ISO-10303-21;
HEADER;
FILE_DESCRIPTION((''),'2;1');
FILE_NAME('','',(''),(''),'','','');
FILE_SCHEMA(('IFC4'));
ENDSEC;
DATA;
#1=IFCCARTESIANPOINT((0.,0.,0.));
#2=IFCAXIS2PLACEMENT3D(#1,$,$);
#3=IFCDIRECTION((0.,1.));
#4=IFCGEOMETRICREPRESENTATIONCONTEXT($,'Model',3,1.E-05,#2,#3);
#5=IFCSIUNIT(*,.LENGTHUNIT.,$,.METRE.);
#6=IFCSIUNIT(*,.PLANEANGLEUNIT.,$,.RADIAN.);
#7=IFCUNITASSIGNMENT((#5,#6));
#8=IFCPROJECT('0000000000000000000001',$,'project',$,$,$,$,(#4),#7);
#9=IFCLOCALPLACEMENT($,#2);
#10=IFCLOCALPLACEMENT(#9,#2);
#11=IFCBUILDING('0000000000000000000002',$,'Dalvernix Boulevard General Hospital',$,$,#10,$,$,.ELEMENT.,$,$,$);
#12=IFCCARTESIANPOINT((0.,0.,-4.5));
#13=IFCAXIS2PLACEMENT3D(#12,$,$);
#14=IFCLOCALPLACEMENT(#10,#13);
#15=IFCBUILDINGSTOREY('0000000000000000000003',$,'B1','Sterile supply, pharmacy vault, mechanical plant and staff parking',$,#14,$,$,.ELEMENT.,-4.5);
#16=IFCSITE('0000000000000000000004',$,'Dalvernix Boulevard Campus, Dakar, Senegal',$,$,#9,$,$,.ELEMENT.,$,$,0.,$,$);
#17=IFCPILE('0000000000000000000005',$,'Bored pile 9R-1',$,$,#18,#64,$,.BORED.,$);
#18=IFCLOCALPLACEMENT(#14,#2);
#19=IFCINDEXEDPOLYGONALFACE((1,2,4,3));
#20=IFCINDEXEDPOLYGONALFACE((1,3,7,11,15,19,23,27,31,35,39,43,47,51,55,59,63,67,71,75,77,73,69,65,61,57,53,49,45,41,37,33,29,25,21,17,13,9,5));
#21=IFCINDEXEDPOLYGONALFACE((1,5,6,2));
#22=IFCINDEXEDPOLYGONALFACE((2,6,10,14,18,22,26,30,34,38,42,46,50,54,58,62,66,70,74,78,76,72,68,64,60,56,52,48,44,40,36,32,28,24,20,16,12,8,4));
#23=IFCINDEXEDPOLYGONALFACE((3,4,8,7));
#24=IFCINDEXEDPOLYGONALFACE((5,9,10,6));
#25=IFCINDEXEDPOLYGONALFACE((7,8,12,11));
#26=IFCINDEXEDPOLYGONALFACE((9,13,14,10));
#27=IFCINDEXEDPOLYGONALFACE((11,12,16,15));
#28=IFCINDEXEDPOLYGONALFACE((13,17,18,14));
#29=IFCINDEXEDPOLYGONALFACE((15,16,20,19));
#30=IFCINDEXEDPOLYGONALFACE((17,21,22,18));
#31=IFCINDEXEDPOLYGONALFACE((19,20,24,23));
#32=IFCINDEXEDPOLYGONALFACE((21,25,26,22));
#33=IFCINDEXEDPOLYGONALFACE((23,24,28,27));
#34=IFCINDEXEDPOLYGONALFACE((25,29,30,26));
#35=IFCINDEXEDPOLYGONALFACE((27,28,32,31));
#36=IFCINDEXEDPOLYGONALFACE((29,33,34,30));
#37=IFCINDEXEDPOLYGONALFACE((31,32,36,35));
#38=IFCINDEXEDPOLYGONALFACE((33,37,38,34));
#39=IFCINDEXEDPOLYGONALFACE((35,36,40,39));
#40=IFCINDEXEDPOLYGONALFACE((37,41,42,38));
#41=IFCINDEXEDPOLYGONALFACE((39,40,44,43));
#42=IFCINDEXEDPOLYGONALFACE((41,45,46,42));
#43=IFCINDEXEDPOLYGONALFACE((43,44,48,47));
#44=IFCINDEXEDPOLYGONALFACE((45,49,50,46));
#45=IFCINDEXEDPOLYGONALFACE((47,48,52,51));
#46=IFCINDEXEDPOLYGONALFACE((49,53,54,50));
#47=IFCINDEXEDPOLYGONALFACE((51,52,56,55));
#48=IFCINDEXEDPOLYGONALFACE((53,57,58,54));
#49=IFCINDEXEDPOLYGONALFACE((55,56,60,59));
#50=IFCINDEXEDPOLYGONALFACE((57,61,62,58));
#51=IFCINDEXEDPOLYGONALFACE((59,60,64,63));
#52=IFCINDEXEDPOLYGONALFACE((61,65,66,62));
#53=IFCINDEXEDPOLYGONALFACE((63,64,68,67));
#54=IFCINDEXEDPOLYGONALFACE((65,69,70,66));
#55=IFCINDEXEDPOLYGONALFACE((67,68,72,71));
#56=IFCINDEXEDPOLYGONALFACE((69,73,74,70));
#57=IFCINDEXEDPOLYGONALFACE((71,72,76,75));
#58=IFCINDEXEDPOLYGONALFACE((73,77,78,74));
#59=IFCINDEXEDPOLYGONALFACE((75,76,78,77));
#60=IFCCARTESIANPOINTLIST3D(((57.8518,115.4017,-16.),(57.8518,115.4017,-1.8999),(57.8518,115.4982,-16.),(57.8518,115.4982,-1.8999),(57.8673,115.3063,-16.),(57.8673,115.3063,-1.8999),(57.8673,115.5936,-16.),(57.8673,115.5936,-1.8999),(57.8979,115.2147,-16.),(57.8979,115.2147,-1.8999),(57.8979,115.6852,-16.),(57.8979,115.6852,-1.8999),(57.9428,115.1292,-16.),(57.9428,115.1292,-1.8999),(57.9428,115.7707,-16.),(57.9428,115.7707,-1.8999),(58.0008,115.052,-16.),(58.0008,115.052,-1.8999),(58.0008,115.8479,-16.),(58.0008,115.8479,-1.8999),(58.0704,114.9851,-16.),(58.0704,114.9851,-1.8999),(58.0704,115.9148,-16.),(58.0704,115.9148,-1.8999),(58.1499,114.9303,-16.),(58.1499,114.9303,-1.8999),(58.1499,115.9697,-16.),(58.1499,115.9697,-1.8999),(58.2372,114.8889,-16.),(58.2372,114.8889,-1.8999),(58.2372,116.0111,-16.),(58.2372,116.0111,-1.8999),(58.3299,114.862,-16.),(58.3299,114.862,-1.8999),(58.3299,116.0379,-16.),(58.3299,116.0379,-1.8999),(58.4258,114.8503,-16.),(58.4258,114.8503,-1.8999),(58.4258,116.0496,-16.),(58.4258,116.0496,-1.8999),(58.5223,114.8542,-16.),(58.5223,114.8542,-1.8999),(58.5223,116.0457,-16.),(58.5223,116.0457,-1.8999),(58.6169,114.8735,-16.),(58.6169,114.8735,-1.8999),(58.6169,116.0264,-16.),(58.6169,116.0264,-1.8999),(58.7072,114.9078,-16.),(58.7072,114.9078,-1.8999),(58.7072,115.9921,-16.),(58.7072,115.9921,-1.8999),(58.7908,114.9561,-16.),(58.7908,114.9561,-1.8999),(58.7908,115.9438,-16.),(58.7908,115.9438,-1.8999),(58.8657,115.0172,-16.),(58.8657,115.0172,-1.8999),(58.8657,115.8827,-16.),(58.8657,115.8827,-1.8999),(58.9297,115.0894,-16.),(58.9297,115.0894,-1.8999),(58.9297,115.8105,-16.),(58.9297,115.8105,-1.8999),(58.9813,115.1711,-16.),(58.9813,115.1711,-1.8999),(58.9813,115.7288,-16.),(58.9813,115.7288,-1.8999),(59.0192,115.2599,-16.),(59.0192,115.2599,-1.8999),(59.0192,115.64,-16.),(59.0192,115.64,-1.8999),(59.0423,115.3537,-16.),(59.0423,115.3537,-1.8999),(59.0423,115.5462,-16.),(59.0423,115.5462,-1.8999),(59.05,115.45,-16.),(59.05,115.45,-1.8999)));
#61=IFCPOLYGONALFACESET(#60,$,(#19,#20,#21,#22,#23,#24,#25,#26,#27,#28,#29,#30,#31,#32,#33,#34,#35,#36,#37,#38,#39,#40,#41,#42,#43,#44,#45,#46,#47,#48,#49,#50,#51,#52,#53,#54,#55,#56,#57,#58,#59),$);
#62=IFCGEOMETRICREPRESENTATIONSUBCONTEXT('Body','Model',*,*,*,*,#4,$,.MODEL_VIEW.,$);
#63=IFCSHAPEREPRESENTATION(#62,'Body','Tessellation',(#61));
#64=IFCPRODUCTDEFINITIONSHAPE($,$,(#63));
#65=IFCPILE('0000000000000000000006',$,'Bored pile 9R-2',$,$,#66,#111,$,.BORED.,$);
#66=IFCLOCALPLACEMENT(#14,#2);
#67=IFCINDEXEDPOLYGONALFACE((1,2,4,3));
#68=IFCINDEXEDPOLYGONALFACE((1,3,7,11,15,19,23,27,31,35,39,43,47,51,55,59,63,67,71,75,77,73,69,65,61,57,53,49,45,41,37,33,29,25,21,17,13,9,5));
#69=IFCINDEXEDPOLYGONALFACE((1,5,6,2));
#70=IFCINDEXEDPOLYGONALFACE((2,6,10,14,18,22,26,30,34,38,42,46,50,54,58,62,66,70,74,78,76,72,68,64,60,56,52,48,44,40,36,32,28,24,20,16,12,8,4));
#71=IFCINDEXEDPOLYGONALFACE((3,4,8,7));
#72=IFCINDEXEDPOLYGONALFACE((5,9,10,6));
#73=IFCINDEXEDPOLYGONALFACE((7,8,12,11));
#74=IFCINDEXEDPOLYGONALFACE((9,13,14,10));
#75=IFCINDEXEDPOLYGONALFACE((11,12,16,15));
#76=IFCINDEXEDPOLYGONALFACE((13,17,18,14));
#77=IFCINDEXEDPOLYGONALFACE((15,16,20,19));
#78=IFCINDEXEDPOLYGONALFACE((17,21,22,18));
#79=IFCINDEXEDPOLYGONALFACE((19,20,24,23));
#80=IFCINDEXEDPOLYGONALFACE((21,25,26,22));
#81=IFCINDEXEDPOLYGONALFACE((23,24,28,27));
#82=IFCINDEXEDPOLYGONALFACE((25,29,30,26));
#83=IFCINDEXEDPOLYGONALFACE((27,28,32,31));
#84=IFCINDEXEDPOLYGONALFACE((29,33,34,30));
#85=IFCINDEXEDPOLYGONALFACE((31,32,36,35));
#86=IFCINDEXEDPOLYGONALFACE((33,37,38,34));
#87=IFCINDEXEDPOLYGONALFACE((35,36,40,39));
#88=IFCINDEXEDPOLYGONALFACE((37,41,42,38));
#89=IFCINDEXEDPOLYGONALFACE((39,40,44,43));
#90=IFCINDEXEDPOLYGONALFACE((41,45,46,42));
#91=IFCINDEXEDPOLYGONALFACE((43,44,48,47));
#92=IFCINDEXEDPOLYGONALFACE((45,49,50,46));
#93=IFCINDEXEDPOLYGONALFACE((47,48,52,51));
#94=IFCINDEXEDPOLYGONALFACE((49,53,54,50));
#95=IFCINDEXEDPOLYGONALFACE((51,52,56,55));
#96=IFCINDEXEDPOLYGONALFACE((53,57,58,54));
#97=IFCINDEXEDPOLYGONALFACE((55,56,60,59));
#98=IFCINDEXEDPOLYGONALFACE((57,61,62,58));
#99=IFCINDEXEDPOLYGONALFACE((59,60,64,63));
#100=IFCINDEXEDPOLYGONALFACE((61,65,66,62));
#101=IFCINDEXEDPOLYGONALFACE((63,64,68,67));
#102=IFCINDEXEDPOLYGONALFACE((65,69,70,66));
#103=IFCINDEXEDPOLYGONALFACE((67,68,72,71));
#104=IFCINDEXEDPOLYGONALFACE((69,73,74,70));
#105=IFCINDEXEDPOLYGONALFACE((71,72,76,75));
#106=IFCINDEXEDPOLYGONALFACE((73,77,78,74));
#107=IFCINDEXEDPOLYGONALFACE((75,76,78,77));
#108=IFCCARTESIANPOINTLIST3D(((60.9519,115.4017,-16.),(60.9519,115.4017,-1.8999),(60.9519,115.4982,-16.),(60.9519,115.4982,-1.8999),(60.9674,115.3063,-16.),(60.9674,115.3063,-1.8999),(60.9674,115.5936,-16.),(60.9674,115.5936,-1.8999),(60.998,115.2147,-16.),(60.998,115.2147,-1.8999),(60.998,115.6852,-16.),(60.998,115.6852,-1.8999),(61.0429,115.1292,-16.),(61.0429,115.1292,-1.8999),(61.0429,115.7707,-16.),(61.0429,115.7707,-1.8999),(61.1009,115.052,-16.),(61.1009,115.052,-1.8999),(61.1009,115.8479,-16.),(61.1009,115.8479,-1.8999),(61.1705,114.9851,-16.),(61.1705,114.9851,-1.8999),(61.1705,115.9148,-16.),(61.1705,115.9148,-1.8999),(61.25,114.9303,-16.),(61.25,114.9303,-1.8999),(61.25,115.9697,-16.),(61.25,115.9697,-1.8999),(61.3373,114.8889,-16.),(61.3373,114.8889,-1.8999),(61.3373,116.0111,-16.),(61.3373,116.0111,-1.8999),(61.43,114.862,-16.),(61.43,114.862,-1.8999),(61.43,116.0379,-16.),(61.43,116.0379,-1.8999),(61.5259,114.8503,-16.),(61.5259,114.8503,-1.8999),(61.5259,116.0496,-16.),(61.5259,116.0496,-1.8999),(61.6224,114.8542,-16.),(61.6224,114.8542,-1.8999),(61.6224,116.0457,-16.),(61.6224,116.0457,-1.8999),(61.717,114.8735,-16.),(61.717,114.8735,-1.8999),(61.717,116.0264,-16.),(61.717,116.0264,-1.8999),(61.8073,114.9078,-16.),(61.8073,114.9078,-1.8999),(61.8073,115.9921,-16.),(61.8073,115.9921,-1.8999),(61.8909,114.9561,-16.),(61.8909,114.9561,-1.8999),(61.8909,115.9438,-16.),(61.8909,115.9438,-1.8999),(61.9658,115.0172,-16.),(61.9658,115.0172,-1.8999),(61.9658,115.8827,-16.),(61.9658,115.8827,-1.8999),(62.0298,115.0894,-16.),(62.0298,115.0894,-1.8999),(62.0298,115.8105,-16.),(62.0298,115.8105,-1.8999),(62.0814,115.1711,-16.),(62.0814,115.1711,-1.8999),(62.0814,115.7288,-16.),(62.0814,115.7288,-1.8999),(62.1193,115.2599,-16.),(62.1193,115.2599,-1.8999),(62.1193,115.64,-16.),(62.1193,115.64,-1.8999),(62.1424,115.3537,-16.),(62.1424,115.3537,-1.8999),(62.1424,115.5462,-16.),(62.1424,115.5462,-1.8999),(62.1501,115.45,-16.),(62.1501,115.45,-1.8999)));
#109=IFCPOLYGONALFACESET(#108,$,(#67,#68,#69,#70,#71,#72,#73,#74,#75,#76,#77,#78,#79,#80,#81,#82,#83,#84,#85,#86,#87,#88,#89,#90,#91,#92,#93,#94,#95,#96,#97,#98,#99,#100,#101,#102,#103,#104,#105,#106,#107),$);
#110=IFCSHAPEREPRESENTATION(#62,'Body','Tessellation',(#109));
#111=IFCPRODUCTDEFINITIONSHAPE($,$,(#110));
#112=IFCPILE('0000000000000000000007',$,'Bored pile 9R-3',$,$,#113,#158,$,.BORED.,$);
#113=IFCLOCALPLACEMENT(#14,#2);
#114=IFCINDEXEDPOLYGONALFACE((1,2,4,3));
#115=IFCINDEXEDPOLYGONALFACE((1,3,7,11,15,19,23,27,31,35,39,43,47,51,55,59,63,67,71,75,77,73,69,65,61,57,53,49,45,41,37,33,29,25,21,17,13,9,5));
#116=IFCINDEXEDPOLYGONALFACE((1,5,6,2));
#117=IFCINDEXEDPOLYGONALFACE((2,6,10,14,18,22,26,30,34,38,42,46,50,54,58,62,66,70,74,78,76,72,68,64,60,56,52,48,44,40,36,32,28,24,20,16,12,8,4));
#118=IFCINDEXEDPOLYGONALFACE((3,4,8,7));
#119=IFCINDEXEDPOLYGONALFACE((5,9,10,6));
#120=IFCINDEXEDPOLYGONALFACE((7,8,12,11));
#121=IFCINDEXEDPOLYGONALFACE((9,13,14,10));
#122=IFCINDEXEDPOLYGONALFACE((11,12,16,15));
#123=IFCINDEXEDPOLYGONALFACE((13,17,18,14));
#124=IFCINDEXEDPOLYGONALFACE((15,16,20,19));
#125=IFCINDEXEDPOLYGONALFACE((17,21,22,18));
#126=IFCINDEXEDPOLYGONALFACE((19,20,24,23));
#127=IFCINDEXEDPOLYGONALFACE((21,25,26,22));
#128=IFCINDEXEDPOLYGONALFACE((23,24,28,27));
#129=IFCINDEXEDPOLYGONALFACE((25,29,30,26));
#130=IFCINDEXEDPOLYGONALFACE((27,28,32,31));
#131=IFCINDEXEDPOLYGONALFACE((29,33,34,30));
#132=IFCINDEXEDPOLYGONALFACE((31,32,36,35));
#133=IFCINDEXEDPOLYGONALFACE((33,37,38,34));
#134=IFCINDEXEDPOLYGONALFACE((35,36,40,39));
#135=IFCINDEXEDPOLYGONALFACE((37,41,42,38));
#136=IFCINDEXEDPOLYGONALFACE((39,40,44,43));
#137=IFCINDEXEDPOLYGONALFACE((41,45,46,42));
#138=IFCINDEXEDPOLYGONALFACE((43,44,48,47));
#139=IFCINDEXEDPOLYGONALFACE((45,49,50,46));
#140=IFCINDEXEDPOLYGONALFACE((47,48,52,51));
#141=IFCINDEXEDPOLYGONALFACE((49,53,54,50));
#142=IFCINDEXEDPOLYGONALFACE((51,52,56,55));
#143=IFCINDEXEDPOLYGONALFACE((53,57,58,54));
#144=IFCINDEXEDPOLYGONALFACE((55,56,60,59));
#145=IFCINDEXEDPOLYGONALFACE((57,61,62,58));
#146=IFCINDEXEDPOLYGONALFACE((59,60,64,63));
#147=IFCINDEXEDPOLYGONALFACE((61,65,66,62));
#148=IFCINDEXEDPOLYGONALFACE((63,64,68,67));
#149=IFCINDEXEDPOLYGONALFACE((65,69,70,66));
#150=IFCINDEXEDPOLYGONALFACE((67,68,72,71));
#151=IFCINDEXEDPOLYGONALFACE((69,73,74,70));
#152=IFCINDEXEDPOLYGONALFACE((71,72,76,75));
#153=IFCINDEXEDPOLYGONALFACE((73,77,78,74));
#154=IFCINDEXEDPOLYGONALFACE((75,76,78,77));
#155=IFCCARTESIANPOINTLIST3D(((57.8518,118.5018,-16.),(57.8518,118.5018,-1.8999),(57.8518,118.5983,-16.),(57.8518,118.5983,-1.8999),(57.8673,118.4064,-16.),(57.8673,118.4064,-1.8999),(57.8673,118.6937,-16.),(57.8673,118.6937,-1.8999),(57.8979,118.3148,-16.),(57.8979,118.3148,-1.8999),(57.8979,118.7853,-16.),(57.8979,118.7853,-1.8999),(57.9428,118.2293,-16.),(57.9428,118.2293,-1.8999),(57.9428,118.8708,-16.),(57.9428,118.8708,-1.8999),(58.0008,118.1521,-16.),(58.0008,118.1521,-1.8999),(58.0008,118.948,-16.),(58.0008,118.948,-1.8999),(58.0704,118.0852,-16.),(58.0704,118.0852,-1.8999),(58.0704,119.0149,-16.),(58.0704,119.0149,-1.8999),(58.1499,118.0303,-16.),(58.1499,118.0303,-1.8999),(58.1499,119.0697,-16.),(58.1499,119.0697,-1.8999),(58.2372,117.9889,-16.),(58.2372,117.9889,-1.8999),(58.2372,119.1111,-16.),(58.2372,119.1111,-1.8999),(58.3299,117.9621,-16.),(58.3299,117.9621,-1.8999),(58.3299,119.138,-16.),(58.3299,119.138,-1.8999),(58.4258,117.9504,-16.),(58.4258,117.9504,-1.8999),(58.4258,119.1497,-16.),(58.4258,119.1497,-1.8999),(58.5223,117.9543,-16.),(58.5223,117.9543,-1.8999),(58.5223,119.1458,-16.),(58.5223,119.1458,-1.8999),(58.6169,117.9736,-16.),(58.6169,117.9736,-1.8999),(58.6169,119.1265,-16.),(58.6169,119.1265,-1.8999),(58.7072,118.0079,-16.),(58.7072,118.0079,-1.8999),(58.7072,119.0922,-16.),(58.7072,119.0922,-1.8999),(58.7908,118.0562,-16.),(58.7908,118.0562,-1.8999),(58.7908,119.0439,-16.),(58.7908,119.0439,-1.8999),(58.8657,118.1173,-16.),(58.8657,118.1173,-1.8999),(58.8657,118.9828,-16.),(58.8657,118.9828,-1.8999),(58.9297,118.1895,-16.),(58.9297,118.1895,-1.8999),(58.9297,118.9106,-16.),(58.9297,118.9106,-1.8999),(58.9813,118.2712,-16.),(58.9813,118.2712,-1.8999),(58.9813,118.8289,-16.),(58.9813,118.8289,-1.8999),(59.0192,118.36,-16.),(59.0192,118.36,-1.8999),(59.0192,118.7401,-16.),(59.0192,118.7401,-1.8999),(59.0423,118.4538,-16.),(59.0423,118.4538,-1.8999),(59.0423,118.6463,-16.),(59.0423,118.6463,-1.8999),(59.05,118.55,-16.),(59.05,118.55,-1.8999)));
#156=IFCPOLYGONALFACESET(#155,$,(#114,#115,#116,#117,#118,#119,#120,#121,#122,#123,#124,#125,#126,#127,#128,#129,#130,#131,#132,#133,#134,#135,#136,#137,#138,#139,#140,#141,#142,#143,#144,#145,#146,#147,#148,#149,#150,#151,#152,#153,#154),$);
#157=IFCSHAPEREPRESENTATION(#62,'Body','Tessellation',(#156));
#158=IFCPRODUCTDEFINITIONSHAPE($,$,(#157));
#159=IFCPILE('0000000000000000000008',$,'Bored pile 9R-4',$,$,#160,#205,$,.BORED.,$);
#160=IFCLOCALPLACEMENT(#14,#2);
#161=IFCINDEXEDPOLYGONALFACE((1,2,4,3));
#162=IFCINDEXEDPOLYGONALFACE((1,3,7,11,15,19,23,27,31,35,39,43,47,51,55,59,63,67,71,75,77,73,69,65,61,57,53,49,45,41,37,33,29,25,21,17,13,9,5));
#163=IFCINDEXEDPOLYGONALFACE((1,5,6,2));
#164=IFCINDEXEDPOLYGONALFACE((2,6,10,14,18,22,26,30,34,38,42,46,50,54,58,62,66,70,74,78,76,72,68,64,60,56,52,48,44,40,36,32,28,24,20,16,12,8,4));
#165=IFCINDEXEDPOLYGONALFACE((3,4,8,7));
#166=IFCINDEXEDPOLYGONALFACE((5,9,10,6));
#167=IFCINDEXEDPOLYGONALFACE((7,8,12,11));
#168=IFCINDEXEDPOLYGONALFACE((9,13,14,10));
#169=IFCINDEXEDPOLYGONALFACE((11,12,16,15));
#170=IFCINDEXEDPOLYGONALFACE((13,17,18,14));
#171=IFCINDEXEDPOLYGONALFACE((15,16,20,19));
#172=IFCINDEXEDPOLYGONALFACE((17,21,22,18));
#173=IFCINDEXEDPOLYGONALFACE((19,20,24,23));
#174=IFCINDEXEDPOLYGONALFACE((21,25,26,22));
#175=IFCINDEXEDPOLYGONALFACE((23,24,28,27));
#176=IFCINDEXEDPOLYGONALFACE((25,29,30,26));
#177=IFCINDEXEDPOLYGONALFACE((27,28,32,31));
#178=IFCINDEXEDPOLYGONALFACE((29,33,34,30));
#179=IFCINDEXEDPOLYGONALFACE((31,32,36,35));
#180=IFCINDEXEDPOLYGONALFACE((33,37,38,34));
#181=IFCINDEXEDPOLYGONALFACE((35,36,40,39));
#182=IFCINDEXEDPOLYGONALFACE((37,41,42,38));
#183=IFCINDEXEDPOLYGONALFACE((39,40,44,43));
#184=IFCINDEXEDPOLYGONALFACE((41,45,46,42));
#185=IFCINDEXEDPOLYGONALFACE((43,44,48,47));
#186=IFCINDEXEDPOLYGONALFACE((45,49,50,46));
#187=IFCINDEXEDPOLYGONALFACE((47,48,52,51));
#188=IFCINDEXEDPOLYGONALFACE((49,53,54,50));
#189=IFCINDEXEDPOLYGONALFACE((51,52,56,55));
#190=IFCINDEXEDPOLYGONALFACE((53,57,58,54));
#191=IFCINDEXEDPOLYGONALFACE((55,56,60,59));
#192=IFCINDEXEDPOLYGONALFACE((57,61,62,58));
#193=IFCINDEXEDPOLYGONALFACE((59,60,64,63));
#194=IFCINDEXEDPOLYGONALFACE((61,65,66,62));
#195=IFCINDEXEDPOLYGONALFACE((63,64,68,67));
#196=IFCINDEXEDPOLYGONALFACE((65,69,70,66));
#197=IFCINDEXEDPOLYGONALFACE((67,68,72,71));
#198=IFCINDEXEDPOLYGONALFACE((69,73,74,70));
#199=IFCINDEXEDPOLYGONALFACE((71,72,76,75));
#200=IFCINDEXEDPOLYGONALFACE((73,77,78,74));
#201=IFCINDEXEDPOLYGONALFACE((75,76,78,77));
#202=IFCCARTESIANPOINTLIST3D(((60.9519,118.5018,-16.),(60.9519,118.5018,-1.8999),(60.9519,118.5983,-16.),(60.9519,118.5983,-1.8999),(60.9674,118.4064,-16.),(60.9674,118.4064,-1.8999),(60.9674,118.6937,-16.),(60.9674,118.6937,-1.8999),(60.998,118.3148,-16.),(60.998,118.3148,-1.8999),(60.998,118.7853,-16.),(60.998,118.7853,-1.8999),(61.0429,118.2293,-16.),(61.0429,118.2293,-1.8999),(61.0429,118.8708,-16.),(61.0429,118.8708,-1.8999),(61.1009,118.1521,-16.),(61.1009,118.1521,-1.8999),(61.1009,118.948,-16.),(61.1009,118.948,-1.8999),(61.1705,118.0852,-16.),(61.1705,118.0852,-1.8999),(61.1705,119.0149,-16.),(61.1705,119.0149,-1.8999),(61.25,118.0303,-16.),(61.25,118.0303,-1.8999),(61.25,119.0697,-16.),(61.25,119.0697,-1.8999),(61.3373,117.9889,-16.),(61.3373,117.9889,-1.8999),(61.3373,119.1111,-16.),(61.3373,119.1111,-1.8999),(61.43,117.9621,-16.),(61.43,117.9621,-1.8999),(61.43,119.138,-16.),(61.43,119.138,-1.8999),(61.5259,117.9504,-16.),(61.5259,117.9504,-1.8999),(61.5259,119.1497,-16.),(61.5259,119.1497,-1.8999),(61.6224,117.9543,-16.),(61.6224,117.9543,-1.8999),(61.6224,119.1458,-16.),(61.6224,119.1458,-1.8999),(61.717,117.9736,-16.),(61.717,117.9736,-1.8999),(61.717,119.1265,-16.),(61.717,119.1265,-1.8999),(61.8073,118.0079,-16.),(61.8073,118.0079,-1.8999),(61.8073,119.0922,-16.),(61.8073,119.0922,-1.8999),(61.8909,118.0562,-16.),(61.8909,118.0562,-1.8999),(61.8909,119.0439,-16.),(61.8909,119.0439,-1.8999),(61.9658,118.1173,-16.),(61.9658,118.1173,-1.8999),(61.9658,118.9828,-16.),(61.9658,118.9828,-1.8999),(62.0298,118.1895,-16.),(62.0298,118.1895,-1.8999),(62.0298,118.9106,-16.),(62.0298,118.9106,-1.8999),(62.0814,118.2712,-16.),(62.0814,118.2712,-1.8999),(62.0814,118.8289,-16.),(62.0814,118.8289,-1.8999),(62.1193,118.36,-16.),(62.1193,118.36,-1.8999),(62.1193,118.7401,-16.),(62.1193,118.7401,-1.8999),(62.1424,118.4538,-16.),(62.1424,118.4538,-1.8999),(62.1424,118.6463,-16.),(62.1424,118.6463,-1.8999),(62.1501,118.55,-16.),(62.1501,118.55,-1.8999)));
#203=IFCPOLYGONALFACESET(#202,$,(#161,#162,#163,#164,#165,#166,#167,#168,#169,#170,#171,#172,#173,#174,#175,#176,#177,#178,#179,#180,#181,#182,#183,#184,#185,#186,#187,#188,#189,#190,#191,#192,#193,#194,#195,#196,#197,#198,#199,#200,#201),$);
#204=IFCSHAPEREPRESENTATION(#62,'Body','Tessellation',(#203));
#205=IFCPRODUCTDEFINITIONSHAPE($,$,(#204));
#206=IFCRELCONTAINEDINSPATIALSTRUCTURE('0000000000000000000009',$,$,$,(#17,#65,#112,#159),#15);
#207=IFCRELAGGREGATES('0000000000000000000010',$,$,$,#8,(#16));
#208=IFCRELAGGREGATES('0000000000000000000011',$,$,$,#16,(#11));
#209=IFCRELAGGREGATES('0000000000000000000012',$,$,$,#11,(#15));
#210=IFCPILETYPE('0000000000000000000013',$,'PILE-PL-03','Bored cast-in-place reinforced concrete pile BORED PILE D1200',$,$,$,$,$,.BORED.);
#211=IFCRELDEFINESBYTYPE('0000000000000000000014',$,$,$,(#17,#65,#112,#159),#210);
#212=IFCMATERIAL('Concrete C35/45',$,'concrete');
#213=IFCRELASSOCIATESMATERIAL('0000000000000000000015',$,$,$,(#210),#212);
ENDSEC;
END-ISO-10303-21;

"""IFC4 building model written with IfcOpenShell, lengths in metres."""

from ifc_helpers import new_model, si_unit, direction, frame, origin, origin_2d, place, context, subcontext, project, spatial, circle, extrude, material, material_profile, profile_set, type_object, element, save


model = new_model("IFC4")

# Units and contexts
model_context = context("Model", 3, precision=1e-05, world=origin(), true_north=direction((0.0, 1.0)))
body_context = subcontext(model_context, "Body", "Model", "MODEL_VIEW")
ifc_project = project(units=[si_unit("LENGTHUNIT", "METRE"), si_unit("PLANEANGLEUNIT", "RADIAN")], contexts=[model_context])

# Site, building, storey
site_placement = place(None, origin())
site = spatial("IfcSite", under=ifc_project, at=site_placement, Name="Dalvernix Boulevard Campus, Dakar, Senegal", CompositionType="ELEMENT", RefElevation=0.0)
building_placement = place(site_placement, origin())
building = spatial("IfcBuilding", under=site, at=building_placement, Name="Dalvernix Boulevard General Hospital", CompositionType="ELEMENT")
storey_placement = place(building_placement, frame((0.0, 0.0, -4.5)))
storey = spatial("IfcBuildingStorey", under=building, at=storey_placement, Name="B1", Description="Sterile supply, pharmacy vault, mechanical plant and staff parking", CompositionType="ELEMENT", Elevation=-4.5)

# Shared definitions
ifc_material_1 = material(Name="Concrete C35/45", Category="concrete")

# Piles
ifc_material_profile_1 = material_profile(ifc_material_1, circle(Radius=0.6001, at=origin_2d()), Name="BORED PILE D1200")
ifc_profile_set_1 = profile_set([ifc_material_profile_1], Name="Concrete C35/45")
pile_type_1 = type_object("IfcPileType", Name="PILE-PL-03", Description="Bored cast-in-place reinforced concrete pile BORED PILE D1200", PredefinedType="BORED", material=ifc_profile_set_1)
for number, where, z_axis, x_axis, name in (
    (1, (58.45, 115.45, -1.8999), (0.0, 0.0, -1.0), (1.0, 0.0, 0.0), "Bored pile 9R-1"),
    (2, (61.55, 115.45, -1.8999), (0.0, 0.0, -1.0), (1.0, 0.0, 0.0), "Bored pile 9R-2"),
    (3, (58.45, 118.55, -1.8999), (0.0, 0.0, -1.0), (1.0, 0.0, 0.0), "Bored pile 9R-3"),
    (4, (61.55, 118.55, -1.8999), (0.0, 0.0, -1.0), (1.0, 0.0, 0.0), "Bored pile 9R-4"),
):
    element("IfcPile", number, at=place(storey_placement, frame(where, z_axis=z_axis, x_axis=x_axis)), inside=storey, type_object=pile_type_1, Name=name, PredefinedType="BORED", context=body_context, shape_type="SweptSolid", body=[
        extrude(circle(Radius=0.6001, at=origin_2d()), origin(), (0.0, 0.0, 1.0), 14.1001),
    ])

save(model, "model.ifc")
